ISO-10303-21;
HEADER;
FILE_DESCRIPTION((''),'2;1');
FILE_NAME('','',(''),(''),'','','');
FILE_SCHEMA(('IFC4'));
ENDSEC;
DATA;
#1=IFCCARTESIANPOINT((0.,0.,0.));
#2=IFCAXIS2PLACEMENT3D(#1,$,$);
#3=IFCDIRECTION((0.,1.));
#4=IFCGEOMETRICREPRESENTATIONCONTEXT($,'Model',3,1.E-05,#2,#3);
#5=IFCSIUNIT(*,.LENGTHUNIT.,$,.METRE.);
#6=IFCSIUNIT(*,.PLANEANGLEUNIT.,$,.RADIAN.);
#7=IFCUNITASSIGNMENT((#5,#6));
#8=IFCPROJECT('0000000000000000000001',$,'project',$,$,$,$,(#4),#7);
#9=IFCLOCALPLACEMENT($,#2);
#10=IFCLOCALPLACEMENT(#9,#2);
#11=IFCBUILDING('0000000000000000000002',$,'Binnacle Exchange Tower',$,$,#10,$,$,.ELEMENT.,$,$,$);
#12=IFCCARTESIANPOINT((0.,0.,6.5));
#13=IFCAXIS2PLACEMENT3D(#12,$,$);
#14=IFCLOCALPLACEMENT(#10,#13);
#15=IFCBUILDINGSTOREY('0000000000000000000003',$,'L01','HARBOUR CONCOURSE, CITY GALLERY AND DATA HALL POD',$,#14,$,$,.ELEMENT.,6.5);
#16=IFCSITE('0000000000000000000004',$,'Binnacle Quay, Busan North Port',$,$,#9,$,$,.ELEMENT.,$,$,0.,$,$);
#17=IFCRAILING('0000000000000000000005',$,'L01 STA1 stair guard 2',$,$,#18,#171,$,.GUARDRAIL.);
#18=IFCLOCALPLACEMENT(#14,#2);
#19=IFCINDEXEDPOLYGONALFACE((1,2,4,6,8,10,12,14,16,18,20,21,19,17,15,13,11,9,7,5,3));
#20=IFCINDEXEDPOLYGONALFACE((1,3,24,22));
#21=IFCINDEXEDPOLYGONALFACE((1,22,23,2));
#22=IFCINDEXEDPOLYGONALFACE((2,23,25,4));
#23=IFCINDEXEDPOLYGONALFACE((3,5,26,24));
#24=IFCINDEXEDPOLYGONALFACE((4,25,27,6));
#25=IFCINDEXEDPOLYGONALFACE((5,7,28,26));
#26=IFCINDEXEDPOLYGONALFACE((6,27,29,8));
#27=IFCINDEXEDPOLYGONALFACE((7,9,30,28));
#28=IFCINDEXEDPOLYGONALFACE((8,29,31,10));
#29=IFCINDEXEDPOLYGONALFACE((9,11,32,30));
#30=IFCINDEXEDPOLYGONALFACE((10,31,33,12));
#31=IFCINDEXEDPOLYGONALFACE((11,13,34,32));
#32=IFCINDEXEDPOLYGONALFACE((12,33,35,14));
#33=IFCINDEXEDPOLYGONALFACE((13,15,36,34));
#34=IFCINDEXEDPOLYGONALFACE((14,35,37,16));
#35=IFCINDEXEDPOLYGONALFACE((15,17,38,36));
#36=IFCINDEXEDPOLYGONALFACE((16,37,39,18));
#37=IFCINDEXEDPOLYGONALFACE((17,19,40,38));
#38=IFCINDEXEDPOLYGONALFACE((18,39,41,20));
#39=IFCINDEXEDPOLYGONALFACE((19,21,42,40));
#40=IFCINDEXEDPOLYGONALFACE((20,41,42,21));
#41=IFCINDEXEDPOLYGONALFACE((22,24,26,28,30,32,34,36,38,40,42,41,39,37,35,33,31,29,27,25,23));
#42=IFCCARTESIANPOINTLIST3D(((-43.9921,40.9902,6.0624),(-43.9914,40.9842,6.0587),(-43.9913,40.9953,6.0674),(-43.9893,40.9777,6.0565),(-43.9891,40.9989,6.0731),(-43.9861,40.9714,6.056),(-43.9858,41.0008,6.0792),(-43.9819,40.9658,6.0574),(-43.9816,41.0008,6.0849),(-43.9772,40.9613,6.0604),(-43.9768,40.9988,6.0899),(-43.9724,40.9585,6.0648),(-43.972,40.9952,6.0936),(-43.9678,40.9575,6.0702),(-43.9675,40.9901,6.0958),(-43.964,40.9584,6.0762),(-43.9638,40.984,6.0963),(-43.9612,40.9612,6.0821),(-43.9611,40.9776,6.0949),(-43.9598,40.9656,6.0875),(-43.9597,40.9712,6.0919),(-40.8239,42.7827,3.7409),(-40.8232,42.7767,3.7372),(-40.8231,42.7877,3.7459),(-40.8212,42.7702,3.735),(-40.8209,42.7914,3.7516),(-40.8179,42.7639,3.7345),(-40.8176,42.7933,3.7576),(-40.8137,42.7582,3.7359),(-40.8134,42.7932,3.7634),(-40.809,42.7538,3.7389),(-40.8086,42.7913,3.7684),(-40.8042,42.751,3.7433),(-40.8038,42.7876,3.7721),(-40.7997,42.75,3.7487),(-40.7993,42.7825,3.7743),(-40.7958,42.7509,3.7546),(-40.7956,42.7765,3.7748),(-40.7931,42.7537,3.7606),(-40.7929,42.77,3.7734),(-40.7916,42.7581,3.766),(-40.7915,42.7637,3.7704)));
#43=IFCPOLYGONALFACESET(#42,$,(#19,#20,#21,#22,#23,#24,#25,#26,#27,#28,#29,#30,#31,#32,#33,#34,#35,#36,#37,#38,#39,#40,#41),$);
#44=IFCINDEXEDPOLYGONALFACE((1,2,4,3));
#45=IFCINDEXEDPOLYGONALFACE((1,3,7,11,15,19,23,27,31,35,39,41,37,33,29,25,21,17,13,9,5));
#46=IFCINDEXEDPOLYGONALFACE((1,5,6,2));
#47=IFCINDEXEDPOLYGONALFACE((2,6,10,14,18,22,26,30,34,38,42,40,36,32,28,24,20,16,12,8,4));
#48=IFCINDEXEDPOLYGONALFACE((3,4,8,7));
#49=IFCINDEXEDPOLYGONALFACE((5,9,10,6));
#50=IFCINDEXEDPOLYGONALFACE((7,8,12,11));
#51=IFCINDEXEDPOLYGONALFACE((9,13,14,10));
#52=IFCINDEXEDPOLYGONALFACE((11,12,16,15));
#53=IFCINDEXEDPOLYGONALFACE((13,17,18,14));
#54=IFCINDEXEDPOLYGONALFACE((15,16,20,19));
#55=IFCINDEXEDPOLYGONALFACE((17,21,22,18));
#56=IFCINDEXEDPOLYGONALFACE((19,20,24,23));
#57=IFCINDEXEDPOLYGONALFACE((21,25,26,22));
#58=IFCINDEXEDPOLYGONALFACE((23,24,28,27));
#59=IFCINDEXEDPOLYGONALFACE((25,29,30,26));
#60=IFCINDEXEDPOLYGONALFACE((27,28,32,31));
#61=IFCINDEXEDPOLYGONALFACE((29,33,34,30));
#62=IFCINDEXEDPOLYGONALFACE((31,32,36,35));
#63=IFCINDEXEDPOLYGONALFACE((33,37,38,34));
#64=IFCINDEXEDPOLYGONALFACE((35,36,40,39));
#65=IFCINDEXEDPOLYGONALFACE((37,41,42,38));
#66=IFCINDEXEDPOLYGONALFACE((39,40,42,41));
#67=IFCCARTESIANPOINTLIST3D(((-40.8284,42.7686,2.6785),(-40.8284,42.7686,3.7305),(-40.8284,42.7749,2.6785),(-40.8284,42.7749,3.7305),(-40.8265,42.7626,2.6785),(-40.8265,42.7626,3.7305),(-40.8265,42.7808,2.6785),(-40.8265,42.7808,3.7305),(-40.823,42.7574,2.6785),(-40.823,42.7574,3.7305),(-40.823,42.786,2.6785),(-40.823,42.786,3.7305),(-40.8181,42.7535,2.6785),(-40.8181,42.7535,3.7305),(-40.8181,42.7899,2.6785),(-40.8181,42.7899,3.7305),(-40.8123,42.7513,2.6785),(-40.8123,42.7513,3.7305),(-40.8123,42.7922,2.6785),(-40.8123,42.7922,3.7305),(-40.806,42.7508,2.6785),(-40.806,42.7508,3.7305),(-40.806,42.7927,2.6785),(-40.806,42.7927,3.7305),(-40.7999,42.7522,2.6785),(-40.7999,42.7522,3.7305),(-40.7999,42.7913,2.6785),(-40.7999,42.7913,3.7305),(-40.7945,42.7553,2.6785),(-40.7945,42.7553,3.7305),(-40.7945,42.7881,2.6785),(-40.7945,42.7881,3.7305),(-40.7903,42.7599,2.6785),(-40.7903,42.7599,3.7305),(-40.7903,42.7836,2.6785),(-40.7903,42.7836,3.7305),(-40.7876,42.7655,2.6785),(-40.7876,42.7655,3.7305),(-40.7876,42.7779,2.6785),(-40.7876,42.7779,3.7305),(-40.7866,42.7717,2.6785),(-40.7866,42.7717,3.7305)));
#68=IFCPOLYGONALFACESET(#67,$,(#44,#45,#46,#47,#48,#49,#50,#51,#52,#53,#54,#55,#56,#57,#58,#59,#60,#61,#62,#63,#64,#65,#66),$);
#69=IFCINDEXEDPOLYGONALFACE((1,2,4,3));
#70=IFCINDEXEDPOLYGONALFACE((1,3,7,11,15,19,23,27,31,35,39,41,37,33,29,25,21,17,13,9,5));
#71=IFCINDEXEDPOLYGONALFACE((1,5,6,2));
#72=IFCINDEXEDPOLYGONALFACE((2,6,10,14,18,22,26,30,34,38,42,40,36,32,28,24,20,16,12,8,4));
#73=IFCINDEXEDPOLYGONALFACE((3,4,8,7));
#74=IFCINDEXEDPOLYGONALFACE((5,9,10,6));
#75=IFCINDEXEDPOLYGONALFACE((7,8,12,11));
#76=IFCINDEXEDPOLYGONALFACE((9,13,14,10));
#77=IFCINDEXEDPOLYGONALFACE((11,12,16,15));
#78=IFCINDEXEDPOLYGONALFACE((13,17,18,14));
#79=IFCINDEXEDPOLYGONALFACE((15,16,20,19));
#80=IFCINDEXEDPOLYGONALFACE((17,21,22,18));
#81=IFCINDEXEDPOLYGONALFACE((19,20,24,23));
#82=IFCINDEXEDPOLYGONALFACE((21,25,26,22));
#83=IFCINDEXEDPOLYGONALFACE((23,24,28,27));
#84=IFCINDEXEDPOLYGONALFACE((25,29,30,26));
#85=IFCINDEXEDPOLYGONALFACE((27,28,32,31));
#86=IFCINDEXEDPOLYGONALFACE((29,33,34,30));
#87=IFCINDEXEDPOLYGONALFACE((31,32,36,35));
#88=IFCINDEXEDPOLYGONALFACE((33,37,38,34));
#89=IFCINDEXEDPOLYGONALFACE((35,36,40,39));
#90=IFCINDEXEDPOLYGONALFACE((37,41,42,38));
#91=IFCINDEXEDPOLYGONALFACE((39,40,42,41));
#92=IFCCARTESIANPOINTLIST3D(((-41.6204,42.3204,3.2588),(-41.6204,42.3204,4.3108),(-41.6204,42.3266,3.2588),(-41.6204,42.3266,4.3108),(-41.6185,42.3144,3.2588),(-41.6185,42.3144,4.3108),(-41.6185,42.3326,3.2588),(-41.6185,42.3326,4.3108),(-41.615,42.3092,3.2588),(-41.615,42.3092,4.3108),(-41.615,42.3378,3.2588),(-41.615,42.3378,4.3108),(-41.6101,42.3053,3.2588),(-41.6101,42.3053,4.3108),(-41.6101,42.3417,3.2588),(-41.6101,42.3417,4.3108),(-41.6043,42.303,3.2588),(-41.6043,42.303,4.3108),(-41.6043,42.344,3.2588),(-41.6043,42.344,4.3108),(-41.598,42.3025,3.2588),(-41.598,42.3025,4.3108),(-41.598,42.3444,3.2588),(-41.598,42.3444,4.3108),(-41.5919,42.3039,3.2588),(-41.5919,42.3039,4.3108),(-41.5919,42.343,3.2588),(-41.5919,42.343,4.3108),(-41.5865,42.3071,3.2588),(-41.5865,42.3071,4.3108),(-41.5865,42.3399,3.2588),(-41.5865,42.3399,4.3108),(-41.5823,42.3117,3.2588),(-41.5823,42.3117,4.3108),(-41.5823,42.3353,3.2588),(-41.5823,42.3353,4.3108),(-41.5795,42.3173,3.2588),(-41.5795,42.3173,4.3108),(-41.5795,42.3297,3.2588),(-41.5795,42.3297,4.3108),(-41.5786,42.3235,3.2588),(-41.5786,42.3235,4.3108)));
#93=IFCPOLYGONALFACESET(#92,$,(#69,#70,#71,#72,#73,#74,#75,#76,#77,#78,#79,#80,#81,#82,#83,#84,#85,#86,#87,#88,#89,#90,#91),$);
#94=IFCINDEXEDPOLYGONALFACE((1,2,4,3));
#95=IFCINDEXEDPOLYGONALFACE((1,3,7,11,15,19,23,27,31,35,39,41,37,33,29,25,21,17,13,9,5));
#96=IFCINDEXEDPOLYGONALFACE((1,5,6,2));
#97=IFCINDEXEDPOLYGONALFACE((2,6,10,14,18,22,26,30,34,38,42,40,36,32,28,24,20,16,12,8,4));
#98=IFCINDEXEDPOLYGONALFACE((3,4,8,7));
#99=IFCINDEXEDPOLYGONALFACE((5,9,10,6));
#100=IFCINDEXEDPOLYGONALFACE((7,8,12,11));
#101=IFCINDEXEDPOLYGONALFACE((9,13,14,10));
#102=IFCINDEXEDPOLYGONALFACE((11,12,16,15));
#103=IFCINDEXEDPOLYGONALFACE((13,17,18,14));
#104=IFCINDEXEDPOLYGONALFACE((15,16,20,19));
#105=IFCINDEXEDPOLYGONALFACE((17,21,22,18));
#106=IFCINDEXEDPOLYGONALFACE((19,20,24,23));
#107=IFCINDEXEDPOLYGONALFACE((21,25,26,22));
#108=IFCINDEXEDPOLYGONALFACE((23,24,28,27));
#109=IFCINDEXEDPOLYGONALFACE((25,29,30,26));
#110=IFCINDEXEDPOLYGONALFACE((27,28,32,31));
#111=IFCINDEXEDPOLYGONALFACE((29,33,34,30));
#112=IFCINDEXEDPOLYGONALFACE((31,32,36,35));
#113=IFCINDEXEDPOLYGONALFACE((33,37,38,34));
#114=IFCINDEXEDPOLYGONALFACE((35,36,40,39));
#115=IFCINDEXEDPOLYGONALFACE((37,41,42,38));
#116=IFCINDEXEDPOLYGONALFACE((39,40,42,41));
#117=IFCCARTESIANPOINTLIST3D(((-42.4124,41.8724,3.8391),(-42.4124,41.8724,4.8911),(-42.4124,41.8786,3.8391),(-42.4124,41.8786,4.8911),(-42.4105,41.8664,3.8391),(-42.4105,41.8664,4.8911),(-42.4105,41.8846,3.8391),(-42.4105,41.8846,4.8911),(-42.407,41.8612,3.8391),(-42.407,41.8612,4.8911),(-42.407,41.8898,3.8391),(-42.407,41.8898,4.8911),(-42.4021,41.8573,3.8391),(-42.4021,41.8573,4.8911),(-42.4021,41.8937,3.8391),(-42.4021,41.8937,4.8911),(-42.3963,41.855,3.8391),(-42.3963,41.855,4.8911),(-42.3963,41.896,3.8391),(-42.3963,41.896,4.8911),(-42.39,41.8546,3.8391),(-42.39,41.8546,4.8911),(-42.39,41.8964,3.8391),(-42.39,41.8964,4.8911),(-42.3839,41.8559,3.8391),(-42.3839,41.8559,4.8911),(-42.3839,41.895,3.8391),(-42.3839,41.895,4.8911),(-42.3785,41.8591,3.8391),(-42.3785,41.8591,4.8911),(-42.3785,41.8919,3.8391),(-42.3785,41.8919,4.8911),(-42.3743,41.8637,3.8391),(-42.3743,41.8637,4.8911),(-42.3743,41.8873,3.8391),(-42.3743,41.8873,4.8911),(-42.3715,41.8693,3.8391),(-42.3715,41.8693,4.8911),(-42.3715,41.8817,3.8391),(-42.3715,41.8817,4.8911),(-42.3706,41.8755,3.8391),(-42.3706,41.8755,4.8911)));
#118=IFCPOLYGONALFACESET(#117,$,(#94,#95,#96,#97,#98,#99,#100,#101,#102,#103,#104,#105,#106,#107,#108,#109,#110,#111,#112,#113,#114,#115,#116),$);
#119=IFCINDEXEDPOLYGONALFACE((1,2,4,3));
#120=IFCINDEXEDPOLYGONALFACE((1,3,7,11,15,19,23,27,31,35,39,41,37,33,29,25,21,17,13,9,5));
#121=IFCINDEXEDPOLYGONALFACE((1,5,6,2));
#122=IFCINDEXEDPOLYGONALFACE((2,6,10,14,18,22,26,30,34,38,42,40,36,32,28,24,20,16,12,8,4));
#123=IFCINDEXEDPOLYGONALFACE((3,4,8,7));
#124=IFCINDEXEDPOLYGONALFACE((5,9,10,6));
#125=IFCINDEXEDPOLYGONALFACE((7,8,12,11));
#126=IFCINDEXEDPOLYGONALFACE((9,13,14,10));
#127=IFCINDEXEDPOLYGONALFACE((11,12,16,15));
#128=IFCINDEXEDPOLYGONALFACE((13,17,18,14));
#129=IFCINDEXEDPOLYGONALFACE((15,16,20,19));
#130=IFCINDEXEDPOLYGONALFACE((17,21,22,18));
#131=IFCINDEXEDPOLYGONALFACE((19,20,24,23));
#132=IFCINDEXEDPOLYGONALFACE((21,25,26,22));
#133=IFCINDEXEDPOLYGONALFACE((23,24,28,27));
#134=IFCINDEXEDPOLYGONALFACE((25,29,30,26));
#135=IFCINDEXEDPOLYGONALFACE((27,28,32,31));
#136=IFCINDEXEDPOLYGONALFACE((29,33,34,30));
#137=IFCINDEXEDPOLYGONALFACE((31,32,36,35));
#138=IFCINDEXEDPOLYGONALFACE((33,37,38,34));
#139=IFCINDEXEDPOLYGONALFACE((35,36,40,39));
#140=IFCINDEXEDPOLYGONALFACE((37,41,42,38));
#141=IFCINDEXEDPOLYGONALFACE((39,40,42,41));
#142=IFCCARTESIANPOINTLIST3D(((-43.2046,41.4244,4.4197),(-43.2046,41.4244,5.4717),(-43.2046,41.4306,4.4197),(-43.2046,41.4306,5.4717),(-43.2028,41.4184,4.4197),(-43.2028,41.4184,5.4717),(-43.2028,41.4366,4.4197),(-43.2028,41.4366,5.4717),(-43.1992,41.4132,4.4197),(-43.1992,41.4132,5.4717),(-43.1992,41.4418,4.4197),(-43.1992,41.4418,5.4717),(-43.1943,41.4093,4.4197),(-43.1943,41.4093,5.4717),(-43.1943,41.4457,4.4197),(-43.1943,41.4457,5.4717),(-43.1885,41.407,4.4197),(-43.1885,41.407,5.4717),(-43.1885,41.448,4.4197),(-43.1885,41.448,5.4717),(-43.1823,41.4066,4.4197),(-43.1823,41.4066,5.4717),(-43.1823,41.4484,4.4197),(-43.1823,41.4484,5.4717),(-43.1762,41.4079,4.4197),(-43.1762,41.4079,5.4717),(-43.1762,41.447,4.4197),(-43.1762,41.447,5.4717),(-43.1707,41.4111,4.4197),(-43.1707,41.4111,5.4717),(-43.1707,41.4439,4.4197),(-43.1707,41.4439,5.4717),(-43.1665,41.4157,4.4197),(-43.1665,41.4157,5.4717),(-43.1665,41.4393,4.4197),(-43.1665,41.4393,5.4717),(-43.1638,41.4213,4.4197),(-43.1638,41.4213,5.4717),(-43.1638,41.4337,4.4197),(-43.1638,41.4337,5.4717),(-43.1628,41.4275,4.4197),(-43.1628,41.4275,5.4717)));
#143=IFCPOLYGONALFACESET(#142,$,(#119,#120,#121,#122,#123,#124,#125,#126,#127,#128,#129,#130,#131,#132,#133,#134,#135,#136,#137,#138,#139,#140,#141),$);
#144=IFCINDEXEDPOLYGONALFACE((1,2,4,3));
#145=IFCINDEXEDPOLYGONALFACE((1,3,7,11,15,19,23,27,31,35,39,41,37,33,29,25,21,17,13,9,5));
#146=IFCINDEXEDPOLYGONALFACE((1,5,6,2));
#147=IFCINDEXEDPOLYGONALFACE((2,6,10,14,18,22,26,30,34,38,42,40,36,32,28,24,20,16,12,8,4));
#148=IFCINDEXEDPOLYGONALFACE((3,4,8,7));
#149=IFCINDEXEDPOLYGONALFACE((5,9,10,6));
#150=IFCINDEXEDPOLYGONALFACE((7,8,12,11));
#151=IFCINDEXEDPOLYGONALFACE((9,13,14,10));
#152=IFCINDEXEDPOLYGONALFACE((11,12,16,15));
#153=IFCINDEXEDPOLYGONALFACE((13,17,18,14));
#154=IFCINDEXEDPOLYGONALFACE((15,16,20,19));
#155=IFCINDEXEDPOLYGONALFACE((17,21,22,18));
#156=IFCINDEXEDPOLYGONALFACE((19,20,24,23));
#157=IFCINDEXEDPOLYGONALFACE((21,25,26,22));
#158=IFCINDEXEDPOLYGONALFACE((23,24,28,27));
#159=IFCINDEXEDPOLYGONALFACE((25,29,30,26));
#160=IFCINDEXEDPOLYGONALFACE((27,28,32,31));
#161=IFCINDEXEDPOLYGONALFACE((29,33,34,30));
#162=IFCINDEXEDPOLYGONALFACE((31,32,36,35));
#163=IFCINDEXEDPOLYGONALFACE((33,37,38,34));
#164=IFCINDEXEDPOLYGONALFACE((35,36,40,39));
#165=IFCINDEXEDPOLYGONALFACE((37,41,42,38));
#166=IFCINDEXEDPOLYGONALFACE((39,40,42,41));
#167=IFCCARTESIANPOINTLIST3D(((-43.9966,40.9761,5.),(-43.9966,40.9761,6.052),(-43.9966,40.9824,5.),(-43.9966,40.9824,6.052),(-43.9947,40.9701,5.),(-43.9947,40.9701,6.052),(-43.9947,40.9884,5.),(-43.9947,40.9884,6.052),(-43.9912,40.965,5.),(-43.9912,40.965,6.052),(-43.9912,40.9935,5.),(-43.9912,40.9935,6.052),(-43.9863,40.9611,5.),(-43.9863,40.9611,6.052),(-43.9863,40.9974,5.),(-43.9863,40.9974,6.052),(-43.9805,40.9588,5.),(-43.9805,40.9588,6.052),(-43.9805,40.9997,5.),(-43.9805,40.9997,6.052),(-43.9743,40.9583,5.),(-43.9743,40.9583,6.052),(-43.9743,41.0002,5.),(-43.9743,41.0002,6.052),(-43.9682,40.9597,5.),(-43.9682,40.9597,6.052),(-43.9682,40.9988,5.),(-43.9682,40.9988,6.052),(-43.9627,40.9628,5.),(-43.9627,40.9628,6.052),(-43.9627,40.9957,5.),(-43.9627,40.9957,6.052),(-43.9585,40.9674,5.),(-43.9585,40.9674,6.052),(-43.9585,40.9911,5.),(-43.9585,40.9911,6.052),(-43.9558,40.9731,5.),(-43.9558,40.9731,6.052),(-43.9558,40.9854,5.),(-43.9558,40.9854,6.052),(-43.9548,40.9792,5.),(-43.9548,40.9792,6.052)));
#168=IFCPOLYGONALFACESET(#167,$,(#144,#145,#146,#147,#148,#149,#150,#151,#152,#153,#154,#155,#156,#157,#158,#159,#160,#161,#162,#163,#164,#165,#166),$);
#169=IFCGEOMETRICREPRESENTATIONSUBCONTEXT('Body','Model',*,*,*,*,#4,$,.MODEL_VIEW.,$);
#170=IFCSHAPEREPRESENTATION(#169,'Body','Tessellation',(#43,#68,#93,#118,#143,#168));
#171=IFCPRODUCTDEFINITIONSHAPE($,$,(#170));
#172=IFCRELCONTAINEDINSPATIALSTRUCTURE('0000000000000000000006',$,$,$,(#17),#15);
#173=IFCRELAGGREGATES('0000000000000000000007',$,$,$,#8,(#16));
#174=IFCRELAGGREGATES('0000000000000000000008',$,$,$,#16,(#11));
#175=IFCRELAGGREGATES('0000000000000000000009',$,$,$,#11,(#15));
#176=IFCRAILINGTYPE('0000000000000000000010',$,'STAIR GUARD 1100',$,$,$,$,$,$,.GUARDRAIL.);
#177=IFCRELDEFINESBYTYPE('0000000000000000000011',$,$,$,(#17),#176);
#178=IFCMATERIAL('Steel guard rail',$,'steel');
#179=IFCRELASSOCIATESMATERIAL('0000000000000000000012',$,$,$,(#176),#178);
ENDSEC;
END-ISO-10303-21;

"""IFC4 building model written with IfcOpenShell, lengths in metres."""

from ifc_helpers import new_model, si_unit, direction, frame, origin, origin_2d, place, context, subcontext, project, spatial, circle, extrude, material, type_object, element, save


model = new_model("IFC4")

# Units and contexts
model_context = context("Model", 3, precision=1e-05, world=origin(), true_north=direction((0.0, 1.0)))
body_context = subcontext(model_context, "Body", "Model", "MODEL_VIEW")
ifc_project = project(units=[si_unit("LENGTHUNIT", "METRE"), si_unit("PLANEANGLEUNIT", "RADIAN")], contexts=[model_context])

# Site, building, storey
site_placement = place(None, origin())
site = spatial("IfcSite", under=ifc_project, at=site_placement, Name="Binnacle Quay, Busan North Port", CompositionType="ELEMENT", RefElevation=0.0)
building_placement = place(site_placement, origin())
building = spatial("IfcBuilding", under=site, at=building_placement, Name="Binnacle Exchange Tower", CompositionType="ELEMENT")
storey_placement = place(building_placement, frame((0.0, 0.0, 6.5)))
storey = spatial("IfcBuildingStorey", under=building, at=storey_placement, Name="L01", Description="HARBOUR CONCOURSE, CITY GALLERY AND DATA HALL POD", CompositionType="ELEMENT", Elevation=6.5)

# Railing
ifc_material_1 = material(Name="Steel guard rail", Category="steel")
railing_type = type_object("IfcRailingType", Name="STAIR GUARD 1100", PredefinedType="GUARDRAIL", material=ifc_material_1)
railing_placement = place(storey_placement, frame((-40.8076, 42.7717, 2.6785)))
element("IfcRailing", 1, at=railing_placement, inside=storey, type_object=railing_type, Name="L01 STA1 stair guard 2", PredefinedType="GUARDRAIL", context=body_context, shape_type="SweptSolid", body=[
    extrude(circle(Radius=0.0239, at=origin_2d()), frame((0.0, 0.0, 1.0762), z_axis=(-0.733822, -0.415174, 0.537714), x_axis=(0.492422, -0.870357, 0.0)), (0.0, 0.0, 1.0), 4.3174),
    extrude(circle(Radius=0.021, at=origin_2d()), origin(), (0.0, 0.0, 1.0), 1.052),
    extrude(circle(Radius=0.021, at=origin_2d()), frame((-0.792, -0.4482, 0.5803)), (0.0, 0.0, 1.0), 1.052),
    extrude(circle(Radius=0.021, at=origin_2d()), frame((-1.584, -0.8962, 1.1606)), (0.0, 0.0, 1.0), 1.052),
    extrude(circle(Radius=0.021, at=origin_2d()), frame((-2.3762, -1.3442, 1.7412)), (0.0, 0.0, 1.0), 1.052),
    extrude(circle(Radius=0.021, at=origin_2d()), frame((-3.1682, -1.7925, 2.3215)), (0.0, 0.0, 1.0), 1.052),
])

save(model, "model.ifc")
